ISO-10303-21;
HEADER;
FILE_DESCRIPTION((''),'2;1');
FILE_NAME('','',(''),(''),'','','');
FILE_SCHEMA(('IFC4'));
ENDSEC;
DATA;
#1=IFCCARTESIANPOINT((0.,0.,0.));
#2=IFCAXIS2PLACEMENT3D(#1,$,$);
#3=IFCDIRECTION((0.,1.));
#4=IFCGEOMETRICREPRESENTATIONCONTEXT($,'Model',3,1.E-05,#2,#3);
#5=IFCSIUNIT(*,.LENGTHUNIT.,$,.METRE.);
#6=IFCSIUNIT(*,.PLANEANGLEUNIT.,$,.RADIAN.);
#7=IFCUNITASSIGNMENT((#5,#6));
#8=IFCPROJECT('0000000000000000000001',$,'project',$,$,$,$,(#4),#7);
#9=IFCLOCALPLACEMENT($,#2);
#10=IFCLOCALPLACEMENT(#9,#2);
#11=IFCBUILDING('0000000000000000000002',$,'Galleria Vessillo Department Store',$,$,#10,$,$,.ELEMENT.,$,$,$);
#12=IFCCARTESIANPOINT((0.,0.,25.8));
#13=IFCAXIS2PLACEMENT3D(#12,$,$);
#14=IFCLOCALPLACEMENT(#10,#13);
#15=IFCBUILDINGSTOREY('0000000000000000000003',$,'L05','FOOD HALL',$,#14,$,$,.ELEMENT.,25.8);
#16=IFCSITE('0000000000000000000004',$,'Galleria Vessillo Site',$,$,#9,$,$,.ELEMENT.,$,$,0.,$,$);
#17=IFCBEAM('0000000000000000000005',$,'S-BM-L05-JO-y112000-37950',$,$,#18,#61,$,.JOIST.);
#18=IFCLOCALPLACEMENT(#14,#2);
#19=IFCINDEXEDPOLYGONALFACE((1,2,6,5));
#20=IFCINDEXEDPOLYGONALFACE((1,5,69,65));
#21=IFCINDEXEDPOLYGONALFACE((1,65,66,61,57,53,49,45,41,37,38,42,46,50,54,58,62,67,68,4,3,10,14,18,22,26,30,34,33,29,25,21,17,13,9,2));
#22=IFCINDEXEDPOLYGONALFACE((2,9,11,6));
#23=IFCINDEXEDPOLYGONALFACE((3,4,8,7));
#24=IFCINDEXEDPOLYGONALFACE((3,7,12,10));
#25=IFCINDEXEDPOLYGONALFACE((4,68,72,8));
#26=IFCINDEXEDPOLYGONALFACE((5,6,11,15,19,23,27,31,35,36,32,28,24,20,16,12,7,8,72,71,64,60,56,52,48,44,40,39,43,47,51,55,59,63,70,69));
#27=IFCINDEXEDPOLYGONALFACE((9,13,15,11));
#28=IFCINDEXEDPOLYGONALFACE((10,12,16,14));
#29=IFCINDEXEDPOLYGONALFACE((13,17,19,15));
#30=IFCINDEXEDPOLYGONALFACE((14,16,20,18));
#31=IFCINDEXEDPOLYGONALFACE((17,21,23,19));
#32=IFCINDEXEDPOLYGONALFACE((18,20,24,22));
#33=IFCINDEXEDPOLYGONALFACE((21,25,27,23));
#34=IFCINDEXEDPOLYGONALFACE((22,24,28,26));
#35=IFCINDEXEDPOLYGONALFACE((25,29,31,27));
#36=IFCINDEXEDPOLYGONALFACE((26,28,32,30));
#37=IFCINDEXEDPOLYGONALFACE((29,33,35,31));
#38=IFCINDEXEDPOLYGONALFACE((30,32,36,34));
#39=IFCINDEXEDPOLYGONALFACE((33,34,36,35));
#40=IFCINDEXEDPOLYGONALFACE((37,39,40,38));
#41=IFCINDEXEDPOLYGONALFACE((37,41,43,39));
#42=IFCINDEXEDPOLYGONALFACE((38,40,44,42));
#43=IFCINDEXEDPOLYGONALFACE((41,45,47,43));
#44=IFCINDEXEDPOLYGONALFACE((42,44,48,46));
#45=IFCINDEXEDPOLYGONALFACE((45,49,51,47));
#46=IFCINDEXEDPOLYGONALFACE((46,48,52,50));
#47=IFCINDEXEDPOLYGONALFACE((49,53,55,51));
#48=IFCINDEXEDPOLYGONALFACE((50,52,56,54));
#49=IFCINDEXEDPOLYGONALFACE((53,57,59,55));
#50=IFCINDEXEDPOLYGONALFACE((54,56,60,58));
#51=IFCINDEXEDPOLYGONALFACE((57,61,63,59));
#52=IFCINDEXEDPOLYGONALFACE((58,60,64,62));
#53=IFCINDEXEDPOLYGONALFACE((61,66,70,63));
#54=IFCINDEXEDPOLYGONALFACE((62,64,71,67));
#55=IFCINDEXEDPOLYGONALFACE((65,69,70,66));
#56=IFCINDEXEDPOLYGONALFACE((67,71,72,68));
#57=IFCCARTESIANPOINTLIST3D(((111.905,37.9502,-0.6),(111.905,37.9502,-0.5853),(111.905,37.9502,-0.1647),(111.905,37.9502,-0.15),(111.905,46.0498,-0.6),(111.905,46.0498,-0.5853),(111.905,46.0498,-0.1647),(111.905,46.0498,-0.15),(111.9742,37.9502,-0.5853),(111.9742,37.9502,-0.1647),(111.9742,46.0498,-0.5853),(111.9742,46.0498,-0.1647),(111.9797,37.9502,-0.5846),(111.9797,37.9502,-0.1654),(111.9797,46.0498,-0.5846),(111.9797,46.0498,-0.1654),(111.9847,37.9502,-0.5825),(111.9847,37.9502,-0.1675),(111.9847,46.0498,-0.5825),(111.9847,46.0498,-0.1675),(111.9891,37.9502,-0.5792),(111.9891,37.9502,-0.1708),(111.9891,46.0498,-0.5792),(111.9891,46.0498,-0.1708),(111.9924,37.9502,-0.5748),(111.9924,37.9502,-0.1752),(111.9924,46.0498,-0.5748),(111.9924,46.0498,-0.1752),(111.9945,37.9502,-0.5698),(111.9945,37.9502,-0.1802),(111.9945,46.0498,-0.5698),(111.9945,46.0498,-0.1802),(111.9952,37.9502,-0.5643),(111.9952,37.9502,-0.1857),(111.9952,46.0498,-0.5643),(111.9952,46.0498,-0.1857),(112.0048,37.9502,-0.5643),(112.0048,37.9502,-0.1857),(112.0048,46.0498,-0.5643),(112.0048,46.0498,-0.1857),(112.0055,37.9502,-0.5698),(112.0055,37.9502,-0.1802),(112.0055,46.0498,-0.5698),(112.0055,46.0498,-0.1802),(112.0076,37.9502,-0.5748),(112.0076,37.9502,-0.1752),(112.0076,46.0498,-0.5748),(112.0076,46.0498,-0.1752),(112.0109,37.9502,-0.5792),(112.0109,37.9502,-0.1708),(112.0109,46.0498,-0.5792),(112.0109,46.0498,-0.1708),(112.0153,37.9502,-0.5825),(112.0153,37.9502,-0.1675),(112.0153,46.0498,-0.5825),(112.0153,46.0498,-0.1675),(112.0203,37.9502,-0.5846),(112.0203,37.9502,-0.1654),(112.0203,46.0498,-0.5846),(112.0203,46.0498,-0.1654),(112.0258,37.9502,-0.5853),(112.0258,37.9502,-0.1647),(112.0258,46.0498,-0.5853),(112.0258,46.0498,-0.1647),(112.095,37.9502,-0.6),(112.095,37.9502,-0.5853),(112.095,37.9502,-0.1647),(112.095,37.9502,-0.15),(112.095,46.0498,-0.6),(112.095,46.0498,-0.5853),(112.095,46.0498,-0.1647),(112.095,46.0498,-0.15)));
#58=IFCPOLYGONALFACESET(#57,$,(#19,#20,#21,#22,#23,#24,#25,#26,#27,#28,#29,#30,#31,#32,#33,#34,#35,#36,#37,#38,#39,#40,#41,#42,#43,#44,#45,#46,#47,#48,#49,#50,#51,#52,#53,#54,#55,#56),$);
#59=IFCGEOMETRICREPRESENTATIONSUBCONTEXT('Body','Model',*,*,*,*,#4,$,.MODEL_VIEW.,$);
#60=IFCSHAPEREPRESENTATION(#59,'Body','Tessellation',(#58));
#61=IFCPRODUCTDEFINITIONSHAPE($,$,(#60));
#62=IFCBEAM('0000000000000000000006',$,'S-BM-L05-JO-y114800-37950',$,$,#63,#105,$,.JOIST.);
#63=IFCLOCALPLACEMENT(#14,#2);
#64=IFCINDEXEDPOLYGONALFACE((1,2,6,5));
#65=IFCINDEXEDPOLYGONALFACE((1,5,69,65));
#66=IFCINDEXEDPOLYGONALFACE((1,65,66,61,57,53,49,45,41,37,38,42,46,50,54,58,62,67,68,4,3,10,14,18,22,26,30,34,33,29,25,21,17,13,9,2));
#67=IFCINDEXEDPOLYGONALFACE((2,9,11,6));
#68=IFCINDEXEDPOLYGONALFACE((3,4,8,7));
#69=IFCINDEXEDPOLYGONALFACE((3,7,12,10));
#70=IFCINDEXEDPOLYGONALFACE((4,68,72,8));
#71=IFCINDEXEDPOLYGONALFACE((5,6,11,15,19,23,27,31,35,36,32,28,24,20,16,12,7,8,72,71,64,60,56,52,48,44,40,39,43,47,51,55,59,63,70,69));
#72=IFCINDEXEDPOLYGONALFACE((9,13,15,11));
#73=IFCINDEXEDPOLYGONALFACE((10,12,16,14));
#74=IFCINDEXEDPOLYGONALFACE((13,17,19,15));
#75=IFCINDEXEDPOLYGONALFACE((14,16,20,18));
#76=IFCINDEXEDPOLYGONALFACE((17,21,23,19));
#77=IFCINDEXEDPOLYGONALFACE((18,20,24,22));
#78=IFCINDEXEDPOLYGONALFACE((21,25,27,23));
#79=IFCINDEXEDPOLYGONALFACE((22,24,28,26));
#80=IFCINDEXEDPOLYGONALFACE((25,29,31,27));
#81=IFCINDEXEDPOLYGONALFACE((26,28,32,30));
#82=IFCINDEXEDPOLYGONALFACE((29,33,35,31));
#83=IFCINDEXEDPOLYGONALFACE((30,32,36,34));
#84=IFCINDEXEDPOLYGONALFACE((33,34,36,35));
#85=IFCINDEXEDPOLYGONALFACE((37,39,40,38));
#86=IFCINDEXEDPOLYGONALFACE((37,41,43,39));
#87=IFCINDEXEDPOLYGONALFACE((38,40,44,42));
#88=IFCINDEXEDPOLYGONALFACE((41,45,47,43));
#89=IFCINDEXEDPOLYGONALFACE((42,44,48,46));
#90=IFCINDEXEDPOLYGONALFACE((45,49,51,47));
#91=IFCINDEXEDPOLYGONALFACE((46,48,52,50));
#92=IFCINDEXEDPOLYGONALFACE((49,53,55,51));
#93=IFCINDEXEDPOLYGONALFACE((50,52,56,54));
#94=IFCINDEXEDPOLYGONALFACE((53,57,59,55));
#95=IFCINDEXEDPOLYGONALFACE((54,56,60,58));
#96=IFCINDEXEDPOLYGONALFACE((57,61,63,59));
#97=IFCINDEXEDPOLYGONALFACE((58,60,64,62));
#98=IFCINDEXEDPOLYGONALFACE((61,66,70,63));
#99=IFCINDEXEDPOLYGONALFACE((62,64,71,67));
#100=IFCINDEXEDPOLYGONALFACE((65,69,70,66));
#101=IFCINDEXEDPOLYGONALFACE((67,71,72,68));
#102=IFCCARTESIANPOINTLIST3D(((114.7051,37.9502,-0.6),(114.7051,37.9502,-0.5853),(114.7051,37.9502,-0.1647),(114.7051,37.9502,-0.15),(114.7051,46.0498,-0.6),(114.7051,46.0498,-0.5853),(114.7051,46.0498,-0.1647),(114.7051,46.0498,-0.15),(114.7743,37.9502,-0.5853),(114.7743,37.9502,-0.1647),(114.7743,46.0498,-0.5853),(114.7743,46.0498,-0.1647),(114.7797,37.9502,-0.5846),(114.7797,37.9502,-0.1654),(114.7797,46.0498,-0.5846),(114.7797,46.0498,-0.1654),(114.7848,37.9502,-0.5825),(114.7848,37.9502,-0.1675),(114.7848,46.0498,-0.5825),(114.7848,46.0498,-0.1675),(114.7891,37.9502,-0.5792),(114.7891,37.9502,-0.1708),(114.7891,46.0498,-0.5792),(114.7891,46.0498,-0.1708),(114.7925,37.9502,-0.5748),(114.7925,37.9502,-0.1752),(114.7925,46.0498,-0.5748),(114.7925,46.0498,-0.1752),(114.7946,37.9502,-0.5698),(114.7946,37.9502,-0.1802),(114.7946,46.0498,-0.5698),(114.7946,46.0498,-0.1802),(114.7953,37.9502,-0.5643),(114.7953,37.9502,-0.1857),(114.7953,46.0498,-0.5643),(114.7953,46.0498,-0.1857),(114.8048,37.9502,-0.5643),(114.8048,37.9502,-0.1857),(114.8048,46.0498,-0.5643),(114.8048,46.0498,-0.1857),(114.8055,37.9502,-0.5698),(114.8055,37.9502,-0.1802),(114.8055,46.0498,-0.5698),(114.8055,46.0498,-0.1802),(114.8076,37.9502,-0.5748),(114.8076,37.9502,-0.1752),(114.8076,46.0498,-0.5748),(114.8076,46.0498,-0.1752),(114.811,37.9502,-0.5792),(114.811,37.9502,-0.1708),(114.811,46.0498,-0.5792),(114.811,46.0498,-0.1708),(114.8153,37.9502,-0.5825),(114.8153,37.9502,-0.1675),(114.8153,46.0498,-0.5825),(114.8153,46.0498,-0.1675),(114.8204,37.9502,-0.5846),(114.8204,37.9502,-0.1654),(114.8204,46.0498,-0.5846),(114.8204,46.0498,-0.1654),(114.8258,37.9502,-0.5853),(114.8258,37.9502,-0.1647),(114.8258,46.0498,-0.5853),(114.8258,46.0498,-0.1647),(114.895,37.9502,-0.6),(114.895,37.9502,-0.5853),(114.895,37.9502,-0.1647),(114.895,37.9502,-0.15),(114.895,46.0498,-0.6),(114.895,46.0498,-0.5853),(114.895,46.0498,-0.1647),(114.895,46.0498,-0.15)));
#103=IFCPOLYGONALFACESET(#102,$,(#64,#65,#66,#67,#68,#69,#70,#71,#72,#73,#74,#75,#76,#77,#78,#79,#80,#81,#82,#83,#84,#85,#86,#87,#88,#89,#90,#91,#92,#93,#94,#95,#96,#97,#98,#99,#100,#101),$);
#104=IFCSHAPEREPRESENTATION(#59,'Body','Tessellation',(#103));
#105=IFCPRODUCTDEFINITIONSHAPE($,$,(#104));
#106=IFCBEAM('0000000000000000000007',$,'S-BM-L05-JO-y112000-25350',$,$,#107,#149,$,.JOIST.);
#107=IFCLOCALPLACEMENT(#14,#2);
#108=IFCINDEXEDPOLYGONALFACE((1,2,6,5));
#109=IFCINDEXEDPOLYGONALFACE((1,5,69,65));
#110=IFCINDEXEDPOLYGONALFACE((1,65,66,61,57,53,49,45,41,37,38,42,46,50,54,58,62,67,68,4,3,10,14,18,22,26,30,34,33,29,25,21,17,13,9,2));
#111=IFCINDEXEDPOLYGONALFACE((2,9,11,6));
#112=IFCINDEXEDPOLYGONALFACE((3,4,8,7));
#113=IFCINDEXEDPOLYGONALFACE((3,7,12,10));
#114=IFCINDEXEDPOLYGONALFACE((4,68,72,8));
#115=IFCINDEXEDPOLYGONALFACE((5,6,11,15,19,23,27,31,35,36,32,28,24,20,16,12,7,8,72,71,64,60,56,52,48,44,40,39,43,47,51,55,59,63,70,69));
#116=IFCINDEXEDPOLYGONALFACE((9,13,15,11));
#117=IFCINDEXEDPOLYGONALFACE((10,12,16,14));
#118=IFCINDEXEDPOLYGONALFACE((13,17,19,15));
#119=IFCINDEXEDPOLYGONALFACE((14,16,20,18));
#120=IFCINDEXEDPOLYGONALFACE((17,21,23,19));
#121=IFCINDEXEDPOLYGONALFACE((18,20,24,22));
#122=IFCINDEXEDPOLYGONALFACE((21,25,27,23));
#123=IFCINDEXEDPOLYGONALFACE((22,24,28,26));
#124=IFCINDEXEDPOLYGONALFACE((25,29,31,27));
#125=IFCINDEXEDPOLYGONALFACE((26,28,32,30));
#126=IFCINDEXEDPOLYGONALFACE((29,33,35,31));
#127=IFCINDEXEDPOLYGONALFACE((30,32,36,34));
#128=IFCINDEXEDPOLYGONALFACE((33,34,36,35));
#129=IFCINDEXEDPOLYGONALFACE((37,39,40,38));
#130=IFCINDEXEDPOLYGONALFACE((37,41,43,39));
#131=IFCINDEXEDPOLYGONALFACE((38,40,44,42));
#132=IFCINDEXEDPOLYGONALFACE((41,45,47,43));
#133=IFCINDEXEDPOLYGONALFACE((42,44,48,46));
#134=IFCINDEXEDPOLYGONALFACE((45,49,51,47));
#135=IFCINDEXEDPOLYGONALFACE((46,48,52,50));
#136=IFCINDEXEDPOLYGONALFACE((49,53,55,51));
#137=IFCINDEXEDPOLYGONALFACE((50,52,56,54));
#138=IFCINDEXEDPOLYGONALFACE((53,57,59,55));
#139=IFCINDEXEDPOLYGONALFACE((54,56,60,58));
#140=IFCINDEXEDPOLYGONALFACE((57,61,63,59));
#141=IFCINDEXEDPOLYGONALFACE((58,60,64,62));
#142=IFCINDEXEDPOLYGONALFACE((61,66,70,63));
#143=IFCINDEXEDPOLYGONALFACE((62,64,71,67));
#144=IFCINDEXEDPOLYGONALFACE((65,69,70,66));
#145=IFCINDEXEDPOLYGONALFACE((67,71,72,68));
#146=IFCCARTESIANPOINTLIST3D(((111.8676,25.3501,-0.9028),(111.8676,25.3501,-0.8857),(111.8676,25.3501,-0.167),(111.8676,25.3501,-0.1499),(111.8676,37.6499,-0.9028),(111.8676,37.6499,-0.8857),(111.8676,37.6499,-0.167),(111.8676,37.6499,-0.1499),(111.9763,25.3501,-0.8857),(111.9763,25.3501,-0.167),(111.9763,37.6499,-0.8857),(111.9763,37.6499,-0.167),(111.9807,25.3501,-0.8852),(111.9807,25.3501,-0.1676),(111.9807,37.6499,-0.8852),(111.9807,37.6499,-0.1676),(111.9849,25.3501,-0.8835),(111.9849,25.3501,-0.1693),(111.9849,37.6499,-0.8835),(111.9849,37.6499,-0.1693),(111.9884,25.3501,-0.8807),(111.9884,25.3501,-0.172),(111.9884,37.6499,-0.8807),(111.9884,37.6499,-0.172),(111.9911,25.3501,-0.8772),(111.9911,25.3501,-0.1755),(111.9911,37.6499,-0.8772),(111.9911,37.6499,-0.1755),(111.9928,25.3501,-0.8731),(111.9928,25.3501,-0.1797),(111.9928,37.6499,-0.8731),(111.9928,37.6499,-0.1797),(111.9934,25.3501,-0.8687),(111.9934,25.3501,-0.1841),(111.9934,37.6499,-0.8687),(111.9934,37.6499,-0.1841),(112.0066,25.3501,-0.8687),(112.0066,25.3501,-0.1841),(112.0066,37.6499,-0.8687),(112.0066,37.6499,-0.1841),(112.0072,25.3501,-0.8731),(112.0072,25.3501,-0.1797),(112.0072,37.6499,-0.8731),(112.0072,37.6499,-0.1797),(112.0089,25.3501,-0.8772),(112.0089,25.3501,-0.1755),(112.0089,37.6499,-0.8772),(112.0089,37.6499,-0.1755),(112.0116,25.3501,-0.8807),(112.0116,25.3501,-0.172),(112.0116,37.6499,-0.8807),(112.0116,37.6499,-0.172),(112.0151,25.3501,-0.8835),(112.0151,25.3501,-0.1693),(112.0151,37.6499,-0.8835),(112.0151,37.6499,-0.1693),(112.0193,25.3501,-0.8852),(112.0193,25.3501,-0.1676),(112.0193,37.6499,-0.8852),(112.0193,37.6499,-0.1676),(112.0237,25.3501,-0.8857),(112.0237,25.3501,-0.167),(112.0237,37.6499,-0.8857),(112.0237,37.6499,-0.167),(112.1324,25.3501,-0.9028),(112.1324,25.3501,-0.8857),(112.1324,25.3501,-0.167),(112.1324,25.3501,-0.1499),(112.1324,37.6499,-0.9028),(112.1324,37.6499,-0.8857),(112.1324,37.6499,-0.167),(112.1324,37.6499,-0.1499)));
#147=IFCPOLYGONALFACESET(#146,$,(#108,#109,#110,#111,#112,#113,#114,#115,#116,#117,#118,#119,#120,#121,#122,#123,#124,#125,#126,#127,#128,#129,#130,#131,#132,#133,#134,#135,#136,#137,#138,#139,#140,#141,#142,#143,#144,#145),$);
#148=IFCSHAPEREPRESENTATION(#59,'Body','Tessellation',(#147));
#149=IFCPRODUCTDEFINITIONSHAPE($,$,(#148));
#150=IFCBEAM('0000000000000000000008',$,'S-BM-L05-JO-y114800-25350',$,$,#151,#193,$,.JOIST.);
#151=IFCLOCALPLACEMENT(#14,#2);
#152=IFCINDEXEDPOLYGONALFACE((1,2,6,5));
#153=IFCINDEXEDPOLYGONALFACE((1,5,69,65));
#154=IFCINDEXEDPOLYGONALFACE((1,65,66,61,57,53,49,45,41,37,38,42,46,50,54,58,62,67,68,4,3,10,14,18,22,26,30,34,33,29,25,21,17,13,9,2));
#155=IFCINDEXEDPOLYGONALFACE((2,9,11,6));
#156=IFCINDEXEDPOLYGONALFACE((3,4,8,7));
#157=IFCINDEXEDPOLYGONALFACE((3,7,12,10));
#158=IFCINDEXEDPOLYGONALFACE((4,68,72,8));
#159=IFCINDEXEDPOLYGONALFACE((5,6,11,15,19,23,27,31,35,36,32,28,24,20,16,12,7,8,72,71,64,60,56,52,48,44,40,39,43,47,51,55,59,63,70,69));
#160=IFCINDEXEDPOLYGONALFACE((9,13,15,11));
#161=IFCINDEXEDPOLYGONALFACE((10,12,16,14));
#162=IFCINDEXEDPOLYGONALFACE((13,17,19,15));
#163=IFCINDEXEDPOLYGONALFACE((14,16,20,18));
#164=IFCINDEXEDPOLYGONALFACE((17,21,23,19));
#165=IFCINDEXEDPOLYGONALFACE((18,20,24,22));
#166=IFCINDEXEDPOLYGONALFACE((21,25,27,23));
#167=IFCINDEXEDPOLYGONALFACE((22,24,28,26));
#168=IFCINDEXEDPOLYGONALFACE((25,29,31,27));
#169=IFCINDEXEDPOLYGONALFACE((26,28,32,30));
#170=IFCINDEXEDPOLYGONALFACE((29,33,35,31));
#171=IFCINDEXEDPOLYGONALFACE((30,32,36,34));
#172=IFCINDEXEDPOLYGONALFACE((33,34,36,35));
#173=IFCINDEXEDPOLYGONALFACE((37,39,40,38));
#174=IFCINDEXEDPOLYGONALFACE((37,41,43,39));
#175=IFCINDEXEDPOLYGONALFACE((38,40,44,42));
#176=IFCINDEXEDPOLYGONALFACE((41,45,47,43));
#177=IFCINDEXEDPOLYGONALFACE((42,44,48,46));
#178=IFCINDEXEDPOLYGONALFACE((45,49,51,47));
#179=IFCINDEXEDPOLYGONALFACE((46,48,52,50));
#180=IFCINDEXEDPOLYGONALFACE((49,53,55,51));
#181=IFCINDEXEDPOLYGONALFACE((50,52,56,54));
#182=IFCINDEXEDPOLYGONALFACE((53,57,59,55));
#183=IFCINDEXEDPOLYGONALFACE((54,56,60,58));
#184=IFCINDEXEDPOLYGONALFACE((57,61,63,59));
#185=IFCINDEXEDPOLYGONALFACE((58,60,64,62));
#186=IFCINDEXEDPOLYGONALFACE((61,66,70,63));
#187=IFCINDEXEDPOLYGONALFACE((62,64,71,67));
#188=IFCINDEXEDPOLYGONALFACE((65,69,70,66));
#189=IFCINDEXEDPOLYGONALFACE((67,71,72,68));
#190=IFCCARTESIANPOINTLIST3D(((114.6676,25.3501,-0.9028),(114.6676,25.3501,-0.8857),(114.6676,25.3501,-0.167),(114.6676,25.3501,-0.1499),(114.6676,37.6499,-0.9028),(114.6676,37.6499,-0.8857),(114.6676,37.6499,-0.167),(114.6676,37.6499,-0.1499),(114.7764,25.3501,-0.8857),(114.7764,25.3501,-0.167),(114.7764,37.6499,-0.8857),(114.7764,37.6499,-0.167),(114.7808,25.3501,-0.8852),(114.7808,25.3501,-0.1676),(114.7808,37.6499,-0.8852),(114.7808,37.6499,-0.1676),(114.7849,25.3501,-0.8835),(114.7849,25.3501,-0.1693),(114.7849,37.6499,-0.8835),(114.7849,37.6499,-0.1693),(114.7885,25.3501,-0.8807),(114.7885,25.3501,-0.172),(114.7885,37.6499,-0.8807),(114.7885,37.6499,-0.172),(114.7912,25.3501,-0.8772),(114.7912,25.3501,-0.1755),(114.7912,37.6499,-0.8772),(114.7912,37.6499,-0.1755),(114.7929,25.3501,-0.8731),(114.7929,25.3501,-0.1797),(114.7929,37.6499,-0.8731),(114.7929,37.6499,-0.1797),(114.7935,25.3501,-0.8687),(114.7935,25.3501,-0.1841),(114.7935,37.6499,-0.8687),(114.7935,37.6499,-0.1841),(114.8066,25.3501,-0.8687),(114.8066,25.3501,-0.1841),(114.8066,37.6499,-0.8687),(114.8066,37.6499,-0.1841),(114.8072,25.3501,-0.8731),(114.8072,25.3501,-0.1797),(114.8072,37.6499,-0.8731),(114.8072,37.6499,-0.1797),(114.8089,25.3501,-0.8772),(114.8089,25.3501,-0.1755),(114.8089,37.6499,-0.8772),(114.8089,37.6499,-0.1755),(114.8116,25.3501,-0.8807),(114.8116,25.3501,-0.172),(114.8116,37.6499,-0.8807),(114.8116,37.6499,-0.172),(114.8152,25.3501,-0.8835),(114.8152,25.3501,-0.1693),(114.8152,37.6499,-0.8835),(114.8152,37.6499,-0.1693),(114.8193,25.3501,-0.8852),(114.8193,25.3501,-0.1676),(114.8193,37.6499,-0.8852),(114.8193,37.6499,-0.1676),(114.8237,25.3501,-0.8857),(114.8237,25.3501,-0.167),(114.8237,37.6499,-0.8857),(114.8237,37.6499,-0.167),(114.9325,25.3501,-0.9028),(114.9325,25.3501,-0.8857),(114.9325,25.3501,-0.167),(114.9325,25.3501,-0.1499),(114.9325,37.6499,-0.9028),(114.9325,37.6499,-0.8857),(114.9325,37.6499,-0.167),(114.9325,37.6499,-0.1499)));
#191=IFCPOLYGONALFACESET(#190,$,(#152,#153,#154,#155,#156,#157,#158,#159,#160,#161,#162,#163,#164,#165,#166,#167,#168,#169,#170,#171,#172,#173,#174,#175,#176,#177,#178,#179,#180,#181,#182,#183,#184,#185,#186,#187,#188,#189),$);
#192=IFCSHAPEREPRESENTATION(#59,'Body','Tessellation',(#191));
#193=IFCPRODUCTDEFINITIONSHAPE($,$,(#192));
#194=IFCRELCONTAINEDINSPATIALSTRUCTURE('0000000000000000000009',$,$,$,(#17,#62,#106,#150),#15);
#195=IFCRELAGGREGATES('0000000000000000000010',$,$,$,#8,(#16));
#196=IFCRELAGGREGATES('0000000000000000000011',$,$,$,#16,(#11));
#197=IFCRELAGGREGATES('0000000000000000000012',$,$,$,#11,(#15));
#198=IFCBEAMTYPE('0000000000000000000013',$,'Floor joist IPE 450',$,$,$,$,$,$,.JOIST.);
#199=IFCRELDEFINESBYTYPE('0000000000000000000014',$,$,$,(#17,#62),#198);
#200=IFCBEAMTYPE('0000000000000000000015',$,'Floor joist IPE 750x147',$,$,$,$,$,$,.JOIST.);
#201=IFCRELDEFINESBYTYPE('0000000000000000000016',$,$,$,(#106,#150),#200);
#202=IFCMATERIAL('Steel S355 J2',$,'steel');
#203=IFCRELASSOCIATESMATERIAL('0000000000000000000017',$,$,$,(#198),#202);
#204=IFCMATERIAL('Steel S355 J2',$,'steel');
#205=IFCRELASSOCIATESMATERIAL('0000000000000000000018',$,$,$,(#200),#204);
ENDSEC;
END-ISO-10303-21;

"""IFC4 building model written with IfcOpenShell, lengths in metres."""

from ifc_helpers import new_model, si_unit, direction, frame, origin, origin_2d, place, context, subcontext, project, spatial, i_section, extrude, material, material_profile, profile_set, type_object, element, save


model = new_model("IFC4")

# Units and contexts
model_context = context("Model", 3, precision=1e-05, world=origin(), true_north=direction((0.0, 1.0)))
body_context = subcontext(model_context, "Body", "Model", "MODEL_VIEW")
ifc_project = project(units=[si_unit("LENGTHUNIT", "METRE"), si_unit("PLANEANGLEUNIT", "RADIAN")], contexts=[model_context])

# Site, building, storey
site_placement = place(None, origin())
site = spatial("IfcSite", under=ifc_project, at=site_placement, Name="Galleria Vessillo Site", CompositionType="ELEMENT", RefElevation=0.0)
building_placement = place(site_placement, origin())
building = spatial("IfcBuilding", under=site, at=building_placement, Name="Galleria Vessillo Department Store", CompositionType="ELEMENT")
storey_placement = place(building_placement, frame((0.0, 0.0, 25.8)))
storey = spatial("IfcBuildingStorey", under=building, at=storey_placement, Name="L05", Description="FOOD HALL", CompositionType="ELEMENT", Elevation=25.8)

# Beams
ifc_material_1 = material(Name="Steel S355 J2", Category="steel")
ifc_material_profile_1 = material_profile(ifc_material_1, i_section(OverallWidth=0.1899, OverallDepth=0.45, WebThickness=0.0095, FlangeThickness=0.0146, FilletRadius=0.021, at=origin_2d()), Name="IPE 450")
ifc_profile_set_1 = profile_set([ifc_material_profile_1], Name="Steel S355 J2")
beam_type_1 = type_object("IfcBeamType", Name="Floor joist IPE 450", PredefinedType="JOIST", material=ifc_profile_set_1)
for number, where, z_axis, x_axis, name in (
    (1, (112.0, 37.9502, -0.375), (0.0, 1.0, 0.0), (-1.0, 0.0, 0.0), "S-BM-L05-JO-y112000-37950"),
    (2, (114.8, 37.9502, -0.375), (0.0, 1.0, 0.0), (-1.0, 0.0, 0.0), "S-BM-L05-JO-y114800-37950"),
):
    element("IfcBeam", number, at=place(storey_placement, frame(where, z_axis=z_axis, x_axis=x_axis)), inside=storey, type_object=beam_type_1, Name=name, PredefinedType="JOIST", context=body_context, shape_type="SweptSolid", body=[
        extrude(i_section(OverallWidth=0.1899, OverallDepth=0.45, WebThickness=0.0095, FlangeThickness=0.0146, FilletRadius=0.021, at=origin_2d()), origin(), (0.0, 0.0, 1.0), 8.0996),
    ])
ifc_material_2 = material(Name="Steel S355 J2", Category="steel")
ifc_material_profile_2 = material_profile(ifc_material_2, i_section(OverallWidth=0.2649, OverallDepth=0.7529, WebThickness=0.0132, FlangeThickness=0.0171, FilletRadius=0.0171, at=origin_2d()), Name="IPE 750x147")
ifc_profile_set_2 = profile_set([ifc_material_profile_2], Name="Steel S355 J2")
beam_type_2 = type_object("IfcBeamType", Name="Floor joist IPE 750x147", PredefinedType="JOIST", material=ifc_profile_set_2)
for number, where, z_axis, x_axis, name in (
    (3, (112.0, 25.3501, -0.5264), (0.0, 1.0, 0.0), (-1.0, 0.0, 0.0), "S-BM-L05-JO-y112000-25350"),
    (4, (114.8, 25.3501, -0.5264), (0.0, 1.0, 0.0), (-1.0, 0.0, 0.0), "S-BM-L05-JO-y114800-25350"),
):
    element("IfcBeam", number, at=place(storey_placement, frame(where, z_axis=z_axis, x_axis=x_axis)), inside=storey, type_object=beam_type_2, Name=name, PredefinedType="JOIST", context=body_context, shape_type="SweptSolid", body=[
        extrude(i_section(OverallWidth=0.2649, OverallDepth=0.7529, WebThickness=0.0132, FlangeThickness=0.0171, FilletRadius=0.0171, at=origin_2d()), origin(), (0.0, 0.0, 1.0), 12.2998),
    ])

save(model, "model.ifc")
